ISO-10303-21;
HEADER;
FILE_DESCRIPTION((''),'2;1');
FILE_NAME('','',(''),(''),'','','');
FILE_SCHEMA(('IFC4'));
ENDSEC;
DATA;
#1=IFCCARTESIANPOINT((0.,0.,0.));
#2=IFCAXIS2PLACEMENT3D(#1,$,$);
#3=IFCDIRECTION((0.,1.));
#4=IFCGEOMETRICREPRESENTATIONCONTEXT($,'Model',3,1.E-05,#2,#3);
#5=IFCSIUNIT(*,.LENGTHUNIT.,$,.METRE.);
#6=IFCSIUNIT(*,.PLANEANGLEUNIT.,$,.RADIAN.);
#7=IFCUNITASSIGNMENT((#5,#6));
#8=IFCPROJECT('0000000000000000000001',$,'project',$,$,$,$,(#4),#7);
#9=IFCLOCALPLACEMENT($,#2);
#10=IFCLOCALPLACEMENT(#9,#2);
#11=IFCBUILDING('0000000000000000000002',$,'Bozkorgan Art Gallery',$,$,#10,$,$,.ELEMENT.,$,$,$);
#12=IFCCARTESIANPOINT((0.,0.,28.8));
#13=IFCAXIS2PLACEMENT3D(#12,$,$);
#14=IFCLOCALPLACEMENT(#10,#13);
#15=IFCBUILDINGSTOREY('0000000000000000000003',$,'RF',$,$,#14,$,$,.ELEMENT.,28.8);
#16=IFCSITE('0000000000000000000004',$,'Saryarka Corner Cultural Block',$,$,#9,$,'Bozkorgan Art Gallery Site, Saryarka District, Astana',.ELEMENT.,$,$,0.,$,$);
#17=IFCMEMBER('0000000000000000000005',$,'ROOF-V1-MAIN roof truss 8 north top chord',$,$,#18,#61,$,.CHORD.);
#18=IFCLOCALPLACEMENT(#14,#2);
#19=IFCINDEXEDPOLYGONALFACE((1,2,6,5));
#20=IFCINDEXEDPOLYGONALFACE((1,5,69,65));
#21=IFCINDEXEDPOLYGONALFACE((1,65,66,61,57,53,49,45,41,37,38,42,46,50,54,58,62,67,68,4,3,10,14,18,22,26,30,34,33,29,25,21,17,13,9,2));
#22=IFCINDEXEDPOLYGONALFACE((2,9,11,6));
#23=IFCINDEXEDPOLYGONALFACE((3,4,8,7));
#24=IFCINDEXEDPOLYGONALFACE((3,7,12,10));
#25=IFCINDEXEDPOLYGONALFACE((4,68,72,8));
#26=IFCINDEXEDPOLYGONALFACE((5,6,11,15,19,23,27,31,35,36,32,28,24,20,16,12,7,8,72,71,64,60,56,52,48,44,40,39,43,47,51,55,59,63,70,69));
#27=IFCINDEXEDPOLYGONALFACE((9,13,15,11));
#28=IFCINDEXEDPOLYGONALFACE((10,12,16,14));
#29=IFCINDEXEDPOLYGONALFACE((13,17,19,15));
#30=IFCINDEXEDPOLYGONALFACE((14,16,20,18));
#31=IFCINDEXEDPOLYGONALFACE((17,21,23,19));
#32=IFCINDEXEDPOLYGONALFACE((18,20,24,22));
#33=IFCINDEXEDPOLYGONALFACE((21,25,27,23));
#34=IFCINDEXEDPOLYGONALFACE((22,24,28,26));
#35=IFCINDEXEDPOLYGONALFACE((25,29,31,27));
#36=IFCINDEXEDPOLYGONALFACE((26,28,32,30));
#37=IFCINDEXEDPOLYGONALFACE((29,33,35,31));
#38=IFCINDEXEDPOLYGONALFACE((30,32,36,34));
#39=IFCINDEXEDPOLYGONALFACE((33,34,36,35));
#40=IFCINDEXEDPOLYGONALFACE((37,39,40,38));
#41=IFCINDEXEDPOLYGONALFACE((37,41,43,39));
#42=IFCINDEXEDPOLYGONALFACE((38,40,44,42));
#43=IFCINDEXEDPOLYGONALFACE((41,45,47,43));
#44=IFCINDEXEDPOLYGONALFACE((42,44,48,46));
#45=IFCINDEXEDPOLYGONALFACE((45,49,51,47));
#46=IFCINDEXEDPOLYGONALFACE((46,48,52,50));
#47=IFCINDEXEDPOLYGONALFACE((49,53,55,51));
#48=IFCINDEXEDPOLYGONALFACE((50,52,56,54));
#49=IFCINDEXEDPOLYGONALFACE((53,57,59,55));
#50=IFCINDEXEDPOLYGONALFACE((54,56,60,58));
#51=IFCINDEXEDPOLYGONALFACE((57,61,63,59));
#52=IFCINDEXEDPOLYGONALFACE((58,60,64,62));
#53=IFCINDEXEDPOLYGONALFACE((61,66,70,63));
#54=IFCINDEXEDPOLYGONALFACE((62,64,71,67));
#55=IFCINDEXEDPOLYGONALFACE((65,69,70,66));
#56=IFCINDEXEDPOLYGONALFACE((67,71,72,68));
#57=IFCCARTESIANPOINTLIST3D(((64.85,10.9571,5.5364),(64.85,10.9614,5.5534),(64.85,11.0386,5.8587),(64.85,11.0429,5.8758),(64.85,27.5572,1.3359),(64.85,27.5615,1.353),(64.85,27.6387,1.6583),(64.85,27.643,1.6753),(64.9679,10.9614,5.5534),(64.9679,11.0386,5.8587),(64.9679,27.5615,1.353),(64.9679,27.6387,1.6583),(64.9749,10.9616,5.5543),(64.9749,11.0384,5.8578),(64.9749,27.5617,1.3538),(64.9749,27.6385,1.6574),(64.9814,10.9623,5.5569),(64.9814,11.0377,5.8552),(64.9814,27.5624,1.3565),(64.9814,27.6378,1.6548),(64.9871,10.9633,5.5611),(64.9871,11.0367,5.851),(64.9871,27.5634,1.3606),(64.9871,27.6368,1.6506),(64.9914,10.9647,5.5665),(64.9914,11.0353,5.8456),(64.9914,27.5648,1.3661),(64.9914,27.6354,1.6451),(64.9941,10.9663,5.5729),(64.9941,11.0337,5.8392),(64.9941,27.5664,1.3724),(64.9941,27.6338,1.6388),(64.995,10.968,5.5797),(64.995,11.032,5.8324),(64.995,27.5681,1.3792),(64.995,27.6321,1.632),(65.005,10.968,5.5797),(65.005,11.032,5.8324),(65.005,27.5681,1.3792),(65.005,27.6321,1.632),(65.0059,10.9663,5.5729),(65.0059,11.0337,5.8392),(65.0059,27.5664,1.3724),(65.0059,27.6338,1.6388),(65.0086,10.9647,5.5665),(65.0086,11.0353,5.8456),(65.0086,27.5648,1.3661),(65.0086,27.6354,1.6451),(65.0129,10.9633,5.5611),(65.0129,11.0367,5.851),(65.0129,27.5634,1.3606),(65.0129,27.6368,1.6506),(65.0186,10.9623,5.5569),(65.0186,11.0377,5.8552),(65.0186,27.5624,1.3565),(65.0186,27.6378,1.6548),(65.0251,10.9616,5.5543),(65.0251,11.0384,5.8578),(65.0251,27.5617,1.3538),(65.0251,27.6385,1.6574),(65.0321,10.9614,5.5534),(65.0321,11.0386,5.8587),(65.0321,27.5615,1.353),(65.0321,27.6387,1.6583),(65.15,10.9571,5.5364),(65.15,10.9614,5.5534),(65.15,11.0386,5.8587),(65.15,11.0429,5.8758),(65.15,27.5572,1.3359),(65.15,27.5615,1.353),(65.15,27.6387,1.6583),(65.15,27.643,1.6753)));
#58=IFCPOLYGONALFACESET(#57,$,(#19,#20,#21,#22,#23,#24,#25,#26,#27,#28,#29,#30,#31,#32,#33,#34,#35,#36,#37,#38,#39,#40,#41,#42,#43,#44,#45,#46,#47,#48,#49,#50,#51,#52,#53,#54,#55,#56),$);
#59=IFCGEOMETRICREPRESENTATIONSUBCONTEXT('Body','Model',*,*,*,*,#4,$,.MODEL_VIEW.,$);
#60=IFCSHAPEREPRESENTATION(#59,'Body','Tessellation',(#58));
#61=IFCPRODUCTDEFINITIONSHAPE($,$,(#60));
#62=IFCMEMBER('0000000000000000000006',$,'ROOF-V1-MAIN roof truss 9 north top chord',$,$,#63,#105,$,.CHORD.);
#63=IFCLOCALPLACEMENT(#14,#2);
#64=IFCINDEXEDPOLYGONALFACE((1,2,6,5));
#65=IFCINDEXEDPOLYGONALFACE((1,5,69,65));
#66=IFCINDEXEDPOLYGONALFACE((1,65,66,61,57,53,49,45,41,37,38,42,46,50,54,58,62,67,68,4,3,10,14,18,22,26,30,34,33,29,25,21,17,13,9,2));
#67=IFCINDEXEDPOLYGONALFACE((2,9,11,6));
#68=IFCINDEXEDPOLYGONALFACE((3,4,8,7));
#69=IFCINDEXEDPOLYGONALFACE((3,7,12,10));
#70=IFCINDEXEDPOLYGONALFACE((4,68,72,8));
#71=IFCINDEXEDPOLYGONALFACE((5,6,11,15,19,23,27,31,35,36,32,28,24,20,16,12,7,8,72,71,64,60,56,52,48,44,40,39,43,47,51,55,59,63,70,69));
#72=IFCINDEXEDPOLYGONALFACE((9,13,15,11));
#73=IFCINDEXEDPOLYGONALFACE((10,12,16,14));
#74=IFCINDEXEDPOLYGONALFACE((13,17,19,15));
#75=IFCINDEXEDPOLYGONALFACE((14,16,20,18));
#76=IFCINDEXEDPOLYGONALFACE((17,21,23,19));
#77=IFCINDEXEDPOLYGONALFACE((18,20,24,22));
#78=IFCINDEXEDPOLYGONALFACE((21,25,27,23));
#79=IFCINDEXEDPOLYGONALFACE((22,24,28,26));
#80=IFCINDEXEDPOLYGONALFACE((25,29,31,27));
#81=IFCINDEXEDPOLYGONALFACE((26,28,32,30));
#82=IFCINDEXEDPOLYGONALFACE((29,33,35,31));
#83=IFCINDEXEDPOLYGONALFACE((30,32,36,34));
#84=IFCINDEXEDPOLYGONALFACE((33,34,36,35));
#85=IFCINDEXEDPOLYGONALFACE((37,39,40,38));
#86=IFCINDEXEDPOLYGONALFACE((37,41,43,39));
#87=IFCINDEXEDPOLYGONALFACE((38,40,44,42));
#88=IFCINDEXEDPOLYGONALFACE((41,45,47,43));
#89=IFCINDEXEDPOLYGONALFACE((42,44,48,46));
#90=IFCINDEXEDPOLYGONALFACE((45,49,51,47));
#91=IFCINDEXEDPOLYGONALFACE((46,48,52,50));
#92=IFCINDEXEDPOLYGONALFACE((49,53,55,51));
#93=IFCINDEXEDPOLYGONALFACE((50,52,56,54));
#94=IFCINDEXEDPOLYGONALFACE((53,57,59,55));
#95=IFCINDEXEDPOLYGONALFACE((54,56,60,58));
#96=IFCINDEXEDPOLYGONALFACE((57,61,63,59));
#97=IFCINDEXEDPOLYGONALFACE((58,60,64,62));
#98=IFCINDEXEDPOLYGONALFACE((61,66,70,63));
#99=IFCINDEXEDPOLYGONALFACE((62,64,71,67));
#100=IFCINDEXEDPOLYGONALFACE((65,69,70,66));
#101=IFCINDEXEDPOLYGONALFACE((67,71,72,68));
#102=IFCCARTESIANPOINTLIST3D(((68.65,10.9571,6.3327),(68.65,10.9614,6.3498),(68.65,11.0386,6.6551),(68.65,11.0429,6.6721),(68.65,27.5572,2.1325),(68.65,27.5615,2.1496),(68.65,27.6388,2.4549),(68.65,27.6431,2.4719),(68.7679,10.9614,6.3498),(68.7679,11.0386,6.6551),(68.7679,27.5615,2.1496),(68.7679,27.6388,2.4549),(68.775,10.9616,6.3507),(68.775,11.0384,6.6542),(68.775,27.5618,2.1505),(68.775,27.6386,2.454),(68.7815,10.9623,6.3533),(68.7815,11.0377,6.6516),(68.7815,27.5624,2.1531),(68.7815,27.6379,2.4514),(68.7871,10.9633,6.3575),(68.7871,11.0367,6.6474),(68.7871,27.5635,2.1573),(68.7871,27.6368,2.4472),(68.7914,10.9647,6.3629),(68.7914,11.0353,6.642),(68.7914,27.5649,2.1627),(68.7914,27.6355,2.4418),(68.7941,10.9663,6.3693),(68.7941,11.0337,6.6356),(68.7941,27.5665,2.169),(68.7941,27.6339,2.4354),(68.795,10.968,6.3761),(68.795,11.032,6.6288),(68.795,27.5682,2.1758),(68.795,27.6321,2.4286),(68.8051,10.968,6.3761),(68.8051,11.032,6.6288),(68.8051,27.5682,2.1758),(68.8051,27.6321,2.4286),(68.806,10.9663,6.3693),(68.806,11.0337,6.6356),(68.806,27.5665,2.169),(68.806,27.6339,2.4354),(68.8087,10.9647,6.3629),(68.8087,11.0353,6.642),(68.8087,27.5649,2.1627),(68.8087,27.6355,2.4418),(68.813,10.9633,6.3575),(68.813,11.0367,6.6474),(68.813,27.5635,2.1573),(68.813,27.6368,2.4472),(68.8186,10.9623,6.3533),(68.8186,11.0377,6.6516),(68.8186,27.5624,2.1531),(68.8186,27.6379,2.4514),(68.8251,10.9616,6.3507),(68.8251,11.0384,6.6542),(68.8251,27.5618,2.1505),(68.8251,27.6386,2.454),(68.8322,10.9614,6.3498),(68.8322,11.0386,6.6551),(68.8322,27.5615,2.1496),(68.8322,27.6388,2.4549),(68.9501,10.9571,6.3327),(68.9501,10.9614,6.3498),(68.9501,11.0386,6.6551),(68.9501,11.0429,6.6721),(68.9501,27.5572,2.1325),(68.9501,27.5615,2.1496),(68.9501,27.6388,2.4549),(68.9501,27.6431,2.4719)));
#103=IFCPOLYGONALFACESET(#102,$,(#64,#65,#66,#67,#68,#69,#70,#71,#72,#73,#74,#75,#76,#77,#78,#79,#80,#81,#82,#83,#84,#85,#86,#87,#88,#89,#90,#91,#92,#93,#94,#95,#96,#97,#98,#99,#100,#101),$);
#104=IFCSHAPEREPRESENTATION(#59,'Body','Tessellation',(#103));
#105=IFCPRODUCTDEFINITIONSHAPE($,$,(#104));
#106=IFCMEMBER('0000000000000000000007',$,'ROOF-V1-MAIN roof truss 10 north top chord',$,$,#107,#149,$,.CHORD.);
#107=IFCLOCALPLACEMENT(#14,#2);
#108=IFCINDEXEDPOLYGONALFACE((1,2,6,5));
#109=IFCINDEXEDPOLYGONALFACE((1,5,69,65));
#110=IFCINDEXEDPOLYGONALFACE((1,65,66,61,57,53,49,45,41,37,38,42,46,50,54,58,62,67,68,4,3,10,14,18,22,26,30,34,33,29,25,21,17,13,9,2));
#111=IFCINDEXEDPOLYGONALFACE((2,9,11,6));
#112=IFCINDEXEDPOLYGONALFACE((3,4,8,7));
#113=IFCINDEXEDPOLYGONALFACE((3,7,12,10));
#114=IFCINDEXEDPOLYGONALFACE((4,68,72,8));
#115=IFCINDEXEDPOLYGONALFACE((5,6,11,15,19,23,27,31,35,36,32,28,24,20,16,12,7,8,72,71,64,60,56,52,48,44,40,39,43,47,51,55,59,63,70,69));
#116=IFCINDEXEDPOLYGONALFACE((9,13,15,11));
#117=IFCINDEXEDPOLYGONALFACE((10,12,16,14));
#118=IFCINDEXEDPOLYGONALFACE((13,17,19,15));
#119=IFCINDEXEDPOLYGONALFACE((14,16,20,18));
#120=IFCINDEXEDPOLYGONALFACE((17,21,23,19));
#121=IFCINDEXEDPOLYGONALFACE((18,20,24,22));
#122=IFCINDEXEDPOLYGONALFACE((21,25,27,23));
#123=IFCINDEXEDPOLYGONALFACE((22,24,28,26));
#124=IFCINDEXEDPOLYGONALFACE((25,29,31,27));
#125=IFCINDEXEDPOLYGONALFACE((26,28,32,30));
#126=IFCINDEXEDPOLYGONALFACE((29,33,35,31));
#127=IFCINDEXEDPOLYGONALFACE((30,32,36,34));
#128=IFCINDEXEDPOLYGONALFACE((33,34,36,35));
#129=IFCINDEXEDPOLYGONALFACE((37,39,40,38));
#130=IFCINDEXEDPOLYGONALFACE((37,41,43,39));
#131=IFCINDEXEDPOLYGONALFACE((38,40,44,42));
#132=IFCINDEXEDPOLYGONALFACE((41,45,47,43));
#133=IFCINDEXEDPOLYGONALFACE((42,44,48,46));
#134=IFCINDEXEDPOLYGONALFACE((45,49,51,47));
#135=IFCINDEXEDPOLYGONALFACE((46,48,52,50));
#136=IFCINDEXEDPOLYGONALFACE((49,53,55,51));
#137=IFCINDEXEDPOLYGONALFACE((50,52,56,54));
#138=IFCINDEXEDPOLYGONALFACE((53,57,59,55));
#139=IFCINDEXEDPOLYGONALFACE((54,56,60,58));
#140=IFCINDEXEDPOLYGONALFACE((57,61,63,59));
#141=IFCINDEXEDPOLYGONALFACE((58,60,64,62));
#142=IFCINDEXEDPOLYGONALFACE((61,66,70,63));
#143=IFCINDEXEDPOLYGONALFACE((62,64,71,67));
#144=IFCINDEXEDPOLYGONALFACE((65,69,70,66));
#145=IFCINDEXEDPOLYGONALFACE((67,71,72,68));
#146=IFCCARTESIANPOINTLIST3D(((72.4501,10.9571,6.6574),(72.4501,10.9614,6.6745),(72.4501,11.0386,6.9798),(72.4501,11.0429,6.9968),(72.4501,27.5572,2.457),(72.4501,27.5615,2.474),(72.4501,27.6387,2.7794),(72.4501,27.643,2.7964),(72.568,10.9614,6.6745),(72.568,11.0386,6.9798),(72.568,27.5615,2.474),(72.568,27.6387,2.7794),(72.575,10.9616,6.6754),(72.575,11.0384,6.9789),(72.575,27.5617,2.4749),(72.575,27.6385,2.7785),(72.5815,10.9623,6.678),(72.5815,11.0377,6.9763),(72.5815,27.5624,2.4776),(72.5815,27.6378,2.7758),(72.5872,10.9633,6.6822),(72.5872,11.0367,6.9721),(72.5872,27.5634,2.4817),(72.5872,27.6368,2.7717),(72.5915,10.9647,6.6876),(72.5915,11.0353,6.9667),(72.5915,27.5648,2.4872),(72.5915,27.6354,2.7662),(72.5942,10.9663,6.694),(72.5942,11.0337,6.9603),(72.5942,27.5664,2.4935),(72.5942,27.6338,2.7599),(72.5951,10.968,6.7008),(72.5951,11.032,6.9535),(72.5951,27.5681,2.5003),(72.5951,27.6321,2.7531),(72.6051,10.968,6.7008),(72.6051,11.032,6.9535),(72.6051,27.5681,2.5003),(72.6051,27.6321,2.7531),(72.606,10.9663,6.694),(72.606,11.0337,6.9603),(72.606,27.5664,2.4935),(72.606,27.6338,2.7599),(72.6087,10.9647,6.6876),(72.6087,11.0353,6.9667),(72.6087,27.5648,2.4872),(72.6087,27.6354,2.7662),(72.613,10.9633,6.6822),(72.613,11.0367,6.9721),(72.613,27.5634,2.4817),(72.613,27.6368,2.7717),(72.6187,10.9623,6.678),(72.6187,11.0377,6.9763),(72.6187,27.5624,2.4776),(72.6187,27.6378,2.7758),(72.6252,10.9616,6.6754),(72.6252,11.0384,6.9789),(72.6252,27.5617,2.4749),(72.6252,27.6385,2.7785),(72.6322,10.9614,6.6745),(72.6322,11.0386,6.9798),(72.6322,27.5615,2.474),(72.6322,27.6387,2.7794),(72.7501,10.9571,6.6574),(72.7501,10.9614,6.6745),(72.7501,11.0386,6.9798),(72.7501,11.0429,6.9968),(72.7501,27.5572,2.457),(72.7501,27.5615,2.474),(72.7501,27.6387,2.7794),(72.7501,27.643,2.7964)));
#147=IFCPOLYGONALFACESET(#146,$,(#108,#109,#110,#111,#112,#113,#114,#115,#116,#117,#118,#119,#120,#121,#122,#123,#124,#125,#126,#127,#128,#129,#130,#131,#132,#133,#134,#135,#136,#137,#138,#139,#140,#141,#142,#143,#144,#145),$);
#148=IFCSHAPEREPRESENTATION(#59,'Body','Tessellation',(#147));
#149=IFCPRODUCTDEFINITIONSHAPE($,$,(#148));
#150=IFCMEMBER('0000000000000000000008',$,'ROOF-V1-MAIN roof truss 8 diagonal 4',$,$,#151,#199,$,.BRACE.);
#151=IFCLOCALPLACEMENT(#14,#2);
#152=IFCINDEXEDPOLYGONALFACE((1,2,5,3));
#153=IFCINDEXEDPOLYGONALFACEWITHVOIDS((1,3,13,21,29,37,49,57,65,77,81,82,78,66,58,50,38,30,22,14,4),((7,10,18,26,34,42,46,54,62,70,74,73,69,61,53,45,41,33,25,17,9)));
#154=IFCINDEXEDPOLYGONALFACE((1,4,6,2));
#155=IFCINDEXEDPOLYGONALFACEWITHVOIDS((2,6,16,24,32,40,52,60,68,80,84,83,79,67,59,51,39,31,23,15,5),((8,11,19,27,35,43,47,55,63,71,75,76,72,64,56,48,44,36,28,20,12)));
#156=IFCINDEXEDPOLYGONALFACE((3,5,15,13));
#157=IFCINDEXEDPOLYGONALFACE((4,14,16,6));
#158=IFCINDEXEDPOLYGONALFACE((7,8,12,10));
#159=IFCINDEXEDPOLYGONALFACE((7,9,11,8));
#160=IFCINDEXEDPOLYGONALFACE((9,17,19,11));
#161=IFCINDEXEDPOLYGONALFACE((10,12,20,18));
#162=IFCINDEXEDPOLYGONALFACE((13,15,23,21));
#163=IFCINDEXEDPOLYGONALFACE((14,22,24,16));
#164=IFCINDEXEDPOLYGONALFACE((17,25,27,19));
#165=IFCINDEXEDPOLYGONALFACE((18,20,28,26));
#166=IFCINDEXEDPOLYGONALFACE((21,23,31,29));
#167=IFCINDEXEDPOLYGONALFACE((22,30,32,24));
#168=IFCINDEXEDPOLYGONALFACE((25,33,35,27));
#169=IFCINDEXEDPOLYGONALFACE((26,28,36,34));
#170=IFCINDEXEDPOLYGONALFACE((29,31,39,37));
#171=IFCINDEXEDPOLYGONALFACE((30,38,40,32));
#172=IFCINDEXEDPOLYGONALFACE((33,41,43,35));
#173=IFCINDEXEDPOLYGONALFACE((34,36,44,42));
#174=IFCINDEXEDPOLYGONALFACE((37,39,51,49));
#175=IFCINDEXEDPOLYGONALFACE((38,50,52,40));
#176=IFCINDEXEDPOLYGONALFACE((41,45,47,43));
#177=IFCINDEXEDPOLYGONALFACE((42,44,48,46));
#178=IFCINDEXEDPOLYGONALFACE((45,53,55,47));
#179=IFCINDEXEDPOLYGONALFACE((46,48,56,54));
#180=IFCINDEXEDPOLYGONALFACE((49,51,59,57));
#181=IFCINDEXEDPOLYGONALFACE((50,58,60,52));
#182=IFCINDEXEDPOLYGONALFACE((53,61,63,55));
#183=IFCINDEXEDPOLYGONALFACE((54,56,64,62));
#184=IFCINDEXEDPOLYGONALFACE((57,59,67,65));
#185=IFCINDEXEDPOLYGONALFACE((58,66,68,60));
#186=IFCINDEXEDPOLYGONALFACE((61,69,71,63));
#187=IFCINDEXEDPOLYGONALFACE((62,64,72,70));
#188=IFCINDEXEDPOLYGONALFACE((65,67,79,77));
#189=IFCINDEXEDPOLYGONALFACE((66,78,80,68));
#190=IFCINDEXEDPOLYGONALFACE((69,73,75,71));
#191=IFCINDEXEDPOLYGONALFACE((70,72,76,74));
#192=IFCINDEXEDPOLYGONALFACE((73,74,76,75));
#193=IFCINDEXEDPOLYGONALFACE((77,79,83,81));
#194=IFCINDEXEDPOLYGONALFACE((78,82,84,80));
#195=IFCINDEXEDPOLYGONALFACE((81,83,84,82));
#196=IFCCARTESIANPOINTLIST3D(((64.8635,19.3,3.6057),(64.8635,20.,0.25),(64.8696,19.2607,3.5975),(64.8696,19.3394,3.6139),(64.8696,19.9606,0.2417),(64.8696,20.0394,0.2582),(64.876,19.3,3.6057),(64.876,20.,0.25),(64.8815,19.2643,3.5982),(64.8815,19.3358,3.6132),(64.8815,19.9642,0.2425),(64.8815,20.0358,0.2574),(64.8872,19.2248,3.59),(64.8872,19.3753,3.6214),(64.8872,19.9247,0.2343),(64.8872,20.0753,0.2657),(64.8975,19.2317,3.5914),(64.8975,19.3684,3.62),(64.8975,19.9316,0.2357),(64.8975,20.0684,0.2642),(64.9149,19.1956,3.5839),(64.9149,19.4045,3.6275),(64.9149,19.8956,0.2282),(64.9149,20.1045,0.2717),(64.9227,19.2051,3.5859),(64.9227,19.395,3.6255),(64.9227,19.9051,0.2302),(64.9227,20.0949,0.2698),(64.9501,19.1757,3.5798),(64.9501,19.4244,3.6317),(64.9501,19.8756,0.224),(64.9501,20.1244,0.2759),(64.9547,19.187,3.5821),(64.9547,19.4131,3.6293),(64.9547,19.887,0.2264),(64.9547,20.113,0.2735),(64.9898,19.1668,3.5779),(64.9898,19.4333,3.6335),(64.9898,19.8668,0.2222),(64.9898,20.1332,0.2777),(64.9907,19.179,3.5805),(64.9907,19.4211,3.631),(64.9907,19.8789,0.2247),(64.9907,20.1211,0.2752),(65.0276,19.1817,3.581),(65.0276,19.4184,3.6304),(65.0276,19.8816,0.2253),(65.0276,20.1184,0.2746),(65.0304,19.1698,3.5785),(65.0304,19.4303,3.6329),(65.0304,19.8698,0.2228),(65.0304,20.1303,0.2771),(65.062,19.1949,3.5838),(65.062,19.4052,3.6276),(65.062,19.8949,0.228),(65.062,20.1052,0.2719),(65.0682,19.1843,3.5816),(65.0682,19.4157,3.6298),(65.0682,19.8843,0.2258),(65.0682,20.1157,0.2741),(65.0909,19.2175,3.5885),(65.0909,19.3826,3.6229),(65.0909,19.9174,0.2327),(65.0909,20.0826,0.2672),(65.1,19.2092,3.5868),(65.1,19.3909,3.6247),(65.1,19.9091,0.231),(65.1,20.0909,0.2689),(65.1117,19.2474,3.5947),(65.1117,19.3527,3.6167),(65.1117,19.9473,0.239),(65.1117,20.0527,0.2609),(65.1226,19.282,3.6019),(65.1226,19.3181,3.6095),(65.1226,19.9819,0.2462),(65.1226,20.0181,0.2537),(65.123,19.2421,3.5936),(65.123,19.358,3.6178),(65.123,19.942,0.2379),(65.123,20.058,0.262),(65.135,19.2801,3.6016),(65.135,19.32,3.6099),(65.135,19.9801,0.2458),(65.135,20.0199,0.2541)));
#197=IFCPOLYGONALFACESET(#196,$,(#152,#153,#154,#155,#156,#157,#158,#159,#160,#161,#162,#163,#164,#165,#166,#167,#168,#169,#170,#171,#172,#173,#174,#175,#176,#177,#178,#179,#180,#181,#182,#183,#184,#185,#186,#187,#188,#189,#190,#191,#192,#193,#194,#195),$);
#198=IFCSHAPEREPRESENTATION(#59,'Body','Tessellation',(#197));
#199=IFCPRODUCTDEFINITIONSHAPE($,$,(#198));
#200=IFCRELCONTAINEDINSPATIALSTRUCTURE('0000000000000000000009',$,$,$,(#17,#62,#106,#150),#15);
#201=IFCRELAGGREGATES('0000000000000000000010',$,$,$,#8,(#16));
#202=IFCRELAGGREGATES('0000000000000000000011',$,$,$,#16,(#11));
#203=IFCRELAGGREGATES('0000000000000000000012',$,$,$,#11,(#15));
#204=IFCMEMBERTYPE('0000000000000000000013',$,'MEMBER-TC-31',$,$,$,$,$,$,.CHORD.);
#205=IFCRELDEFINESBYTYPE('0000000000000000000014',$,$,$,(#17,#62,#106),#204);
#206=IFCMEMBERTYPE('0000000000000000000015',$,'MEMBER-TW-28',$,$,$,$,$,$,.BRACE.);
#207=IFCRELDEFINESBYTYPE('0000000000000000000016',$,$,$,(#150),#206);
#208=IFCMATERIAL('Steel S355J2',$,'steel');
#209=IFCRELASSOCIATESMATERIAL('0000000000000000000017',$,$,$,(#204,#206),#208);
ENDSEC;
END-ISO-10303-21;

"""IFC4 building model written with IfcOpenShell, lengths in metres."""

from ifc_helpers import new_model, si_unit, direction, frame, origin, origin_2d, place, context, subcontext, project, spatial, hollow_circle, i_section, extrude, material, material_profile, profile_set, type_object, element, save


model = new_model("IFC4")

# Units and contexts
model_context = context("Model", 3, precision=1e-05, world=origin(), true_north=direction((0.0, 1.0)))
body_context = subcontext(model_context, "Body", "Model", "MODEL_VIEW")
ifc_project = project(units=[si_unit("LENGTHUNIT", "METRE"), si_unit("PLANEANGLEUNIT", "RADIAN")], contexts=[model_context])

# Site, building, storey
site_placement = place(None, origin())
site = spatial("IfcSite", under=ifc_project, at=site_placement, Name="Saryarka Corner Cultural Block", LongName="Bozkorgan Art Gallery Site, Saryarka District, Astana", CompositionType="ELEMENT", RefElevation=0.0)
building_placement = place(site_placement, origin())
building = spatial("IfcBuilding", under=site, at=building_placement, Name="Bozkorgan Art Gallery", CompositionType="ELEMENT")
storey_placement = place(building_placement, frame((0.0, 0.0, 28.8)))
storey = spatial("IfcBuildingStorey", under=building, at=storey_placement, Name="RF", CompositionType="ELEMENT", Elevation=28.8)

# Members
ifc_material_1 = material(Name="Steel S355J2", Category="steel")
ifc_material_profile_1 = material_profile(ifc_material_1, i_section(OverallWidth=0.3, OverallDepth=0.3501, WebThickness=0.01, FlangeThickness=0.0176, FilletRadius=0.0271, at=origin_2d()), Name="HEA 360")
ifc_profile_set_1 = profile_set([ifc_material_profile_1], Name="Steel S355J2")
member_type_1 = type_object("IfcMemberType", Name="MEMBER-TC-31", PredefinedType="CHORD", material=ifc_profile_set_1)
for number, where, z_axis, x_axis, name in (
    (1, (65.0, 11.0, 5.7061), (0.0, 0.969446, -0.245306), (-1.0, 0.0, 0.0), "ROOF-V1-MAIN roof truss 8 north top chord"),
    (2, (68.8, 11.0, 6.5024), (0.0, 0.969449, -0.245292), (-1.0, 0.0, 0.0), "ROOF-V1-MAIN roof truss 9 north top chord"),
    (3, (72.6001, 11.0, 6.8271), (0.0, 0.969446, -0.245306), (-1.0, 0.0, 0.0), "ROOF-V1-MAIN roof truss 10 north top chord"),
):
    element("IfcMember", number, at=place(storey_placement, frame(where, z_axis=z_axis, x_axis=x_axis)), inside=storey, type_object=member_type_1, Name=name, PredefinedType="CHORD", context=body_context, shape_type="SweptSolid", body=[
        extrude(i_section(OverallWidth=0.3, OverallDepth=0.3501, WebThickness=0.01, FlangeThickness=0.0176, FilletRadius=0.0271, at=origin_2d()), origin(), (0.0, 0.0, 1.0), 17.1233),
    ])
ifc_material_profile_2 = material_profile(ifc_material_1, hollow_circle(Radius=0.1365, WallThickness=0.0125, at=origin_2d()), Name="CHS 273x12.5")
ifc_profile_set_2 = profile_set([ifc_material_profile_2], Name="Steel S355J2")
member_type_2 = type_object("IfcMemberType", Name="MEMBER-TW-28", PredefinedType="BRACE", material=ifc_profile_set_2)
member_1_placement = place(storey_placement, frame((65.0, 19.3, 3.6057), z_axis=(0.0, 0.20419, -0.978931), x_axis=(-1.0, 0.0, 0.0)))
element("IfcMember", 4, at=member_1_placement, inside=storey, type_object=member_type_2, Name="ROOF-V1-MAIN roof truss 8 diagonal 4", PredefinedType="BRACE", context=body_context, shape_type="SweptSolid", body=[
    extrude(hollow_circle(Radius=0.1365, WallThickness=0.0125, at=origin_2d()), origin(), (0.0, 0.0, 1.0), 3.428),
])

save(model, "model.ifc")
